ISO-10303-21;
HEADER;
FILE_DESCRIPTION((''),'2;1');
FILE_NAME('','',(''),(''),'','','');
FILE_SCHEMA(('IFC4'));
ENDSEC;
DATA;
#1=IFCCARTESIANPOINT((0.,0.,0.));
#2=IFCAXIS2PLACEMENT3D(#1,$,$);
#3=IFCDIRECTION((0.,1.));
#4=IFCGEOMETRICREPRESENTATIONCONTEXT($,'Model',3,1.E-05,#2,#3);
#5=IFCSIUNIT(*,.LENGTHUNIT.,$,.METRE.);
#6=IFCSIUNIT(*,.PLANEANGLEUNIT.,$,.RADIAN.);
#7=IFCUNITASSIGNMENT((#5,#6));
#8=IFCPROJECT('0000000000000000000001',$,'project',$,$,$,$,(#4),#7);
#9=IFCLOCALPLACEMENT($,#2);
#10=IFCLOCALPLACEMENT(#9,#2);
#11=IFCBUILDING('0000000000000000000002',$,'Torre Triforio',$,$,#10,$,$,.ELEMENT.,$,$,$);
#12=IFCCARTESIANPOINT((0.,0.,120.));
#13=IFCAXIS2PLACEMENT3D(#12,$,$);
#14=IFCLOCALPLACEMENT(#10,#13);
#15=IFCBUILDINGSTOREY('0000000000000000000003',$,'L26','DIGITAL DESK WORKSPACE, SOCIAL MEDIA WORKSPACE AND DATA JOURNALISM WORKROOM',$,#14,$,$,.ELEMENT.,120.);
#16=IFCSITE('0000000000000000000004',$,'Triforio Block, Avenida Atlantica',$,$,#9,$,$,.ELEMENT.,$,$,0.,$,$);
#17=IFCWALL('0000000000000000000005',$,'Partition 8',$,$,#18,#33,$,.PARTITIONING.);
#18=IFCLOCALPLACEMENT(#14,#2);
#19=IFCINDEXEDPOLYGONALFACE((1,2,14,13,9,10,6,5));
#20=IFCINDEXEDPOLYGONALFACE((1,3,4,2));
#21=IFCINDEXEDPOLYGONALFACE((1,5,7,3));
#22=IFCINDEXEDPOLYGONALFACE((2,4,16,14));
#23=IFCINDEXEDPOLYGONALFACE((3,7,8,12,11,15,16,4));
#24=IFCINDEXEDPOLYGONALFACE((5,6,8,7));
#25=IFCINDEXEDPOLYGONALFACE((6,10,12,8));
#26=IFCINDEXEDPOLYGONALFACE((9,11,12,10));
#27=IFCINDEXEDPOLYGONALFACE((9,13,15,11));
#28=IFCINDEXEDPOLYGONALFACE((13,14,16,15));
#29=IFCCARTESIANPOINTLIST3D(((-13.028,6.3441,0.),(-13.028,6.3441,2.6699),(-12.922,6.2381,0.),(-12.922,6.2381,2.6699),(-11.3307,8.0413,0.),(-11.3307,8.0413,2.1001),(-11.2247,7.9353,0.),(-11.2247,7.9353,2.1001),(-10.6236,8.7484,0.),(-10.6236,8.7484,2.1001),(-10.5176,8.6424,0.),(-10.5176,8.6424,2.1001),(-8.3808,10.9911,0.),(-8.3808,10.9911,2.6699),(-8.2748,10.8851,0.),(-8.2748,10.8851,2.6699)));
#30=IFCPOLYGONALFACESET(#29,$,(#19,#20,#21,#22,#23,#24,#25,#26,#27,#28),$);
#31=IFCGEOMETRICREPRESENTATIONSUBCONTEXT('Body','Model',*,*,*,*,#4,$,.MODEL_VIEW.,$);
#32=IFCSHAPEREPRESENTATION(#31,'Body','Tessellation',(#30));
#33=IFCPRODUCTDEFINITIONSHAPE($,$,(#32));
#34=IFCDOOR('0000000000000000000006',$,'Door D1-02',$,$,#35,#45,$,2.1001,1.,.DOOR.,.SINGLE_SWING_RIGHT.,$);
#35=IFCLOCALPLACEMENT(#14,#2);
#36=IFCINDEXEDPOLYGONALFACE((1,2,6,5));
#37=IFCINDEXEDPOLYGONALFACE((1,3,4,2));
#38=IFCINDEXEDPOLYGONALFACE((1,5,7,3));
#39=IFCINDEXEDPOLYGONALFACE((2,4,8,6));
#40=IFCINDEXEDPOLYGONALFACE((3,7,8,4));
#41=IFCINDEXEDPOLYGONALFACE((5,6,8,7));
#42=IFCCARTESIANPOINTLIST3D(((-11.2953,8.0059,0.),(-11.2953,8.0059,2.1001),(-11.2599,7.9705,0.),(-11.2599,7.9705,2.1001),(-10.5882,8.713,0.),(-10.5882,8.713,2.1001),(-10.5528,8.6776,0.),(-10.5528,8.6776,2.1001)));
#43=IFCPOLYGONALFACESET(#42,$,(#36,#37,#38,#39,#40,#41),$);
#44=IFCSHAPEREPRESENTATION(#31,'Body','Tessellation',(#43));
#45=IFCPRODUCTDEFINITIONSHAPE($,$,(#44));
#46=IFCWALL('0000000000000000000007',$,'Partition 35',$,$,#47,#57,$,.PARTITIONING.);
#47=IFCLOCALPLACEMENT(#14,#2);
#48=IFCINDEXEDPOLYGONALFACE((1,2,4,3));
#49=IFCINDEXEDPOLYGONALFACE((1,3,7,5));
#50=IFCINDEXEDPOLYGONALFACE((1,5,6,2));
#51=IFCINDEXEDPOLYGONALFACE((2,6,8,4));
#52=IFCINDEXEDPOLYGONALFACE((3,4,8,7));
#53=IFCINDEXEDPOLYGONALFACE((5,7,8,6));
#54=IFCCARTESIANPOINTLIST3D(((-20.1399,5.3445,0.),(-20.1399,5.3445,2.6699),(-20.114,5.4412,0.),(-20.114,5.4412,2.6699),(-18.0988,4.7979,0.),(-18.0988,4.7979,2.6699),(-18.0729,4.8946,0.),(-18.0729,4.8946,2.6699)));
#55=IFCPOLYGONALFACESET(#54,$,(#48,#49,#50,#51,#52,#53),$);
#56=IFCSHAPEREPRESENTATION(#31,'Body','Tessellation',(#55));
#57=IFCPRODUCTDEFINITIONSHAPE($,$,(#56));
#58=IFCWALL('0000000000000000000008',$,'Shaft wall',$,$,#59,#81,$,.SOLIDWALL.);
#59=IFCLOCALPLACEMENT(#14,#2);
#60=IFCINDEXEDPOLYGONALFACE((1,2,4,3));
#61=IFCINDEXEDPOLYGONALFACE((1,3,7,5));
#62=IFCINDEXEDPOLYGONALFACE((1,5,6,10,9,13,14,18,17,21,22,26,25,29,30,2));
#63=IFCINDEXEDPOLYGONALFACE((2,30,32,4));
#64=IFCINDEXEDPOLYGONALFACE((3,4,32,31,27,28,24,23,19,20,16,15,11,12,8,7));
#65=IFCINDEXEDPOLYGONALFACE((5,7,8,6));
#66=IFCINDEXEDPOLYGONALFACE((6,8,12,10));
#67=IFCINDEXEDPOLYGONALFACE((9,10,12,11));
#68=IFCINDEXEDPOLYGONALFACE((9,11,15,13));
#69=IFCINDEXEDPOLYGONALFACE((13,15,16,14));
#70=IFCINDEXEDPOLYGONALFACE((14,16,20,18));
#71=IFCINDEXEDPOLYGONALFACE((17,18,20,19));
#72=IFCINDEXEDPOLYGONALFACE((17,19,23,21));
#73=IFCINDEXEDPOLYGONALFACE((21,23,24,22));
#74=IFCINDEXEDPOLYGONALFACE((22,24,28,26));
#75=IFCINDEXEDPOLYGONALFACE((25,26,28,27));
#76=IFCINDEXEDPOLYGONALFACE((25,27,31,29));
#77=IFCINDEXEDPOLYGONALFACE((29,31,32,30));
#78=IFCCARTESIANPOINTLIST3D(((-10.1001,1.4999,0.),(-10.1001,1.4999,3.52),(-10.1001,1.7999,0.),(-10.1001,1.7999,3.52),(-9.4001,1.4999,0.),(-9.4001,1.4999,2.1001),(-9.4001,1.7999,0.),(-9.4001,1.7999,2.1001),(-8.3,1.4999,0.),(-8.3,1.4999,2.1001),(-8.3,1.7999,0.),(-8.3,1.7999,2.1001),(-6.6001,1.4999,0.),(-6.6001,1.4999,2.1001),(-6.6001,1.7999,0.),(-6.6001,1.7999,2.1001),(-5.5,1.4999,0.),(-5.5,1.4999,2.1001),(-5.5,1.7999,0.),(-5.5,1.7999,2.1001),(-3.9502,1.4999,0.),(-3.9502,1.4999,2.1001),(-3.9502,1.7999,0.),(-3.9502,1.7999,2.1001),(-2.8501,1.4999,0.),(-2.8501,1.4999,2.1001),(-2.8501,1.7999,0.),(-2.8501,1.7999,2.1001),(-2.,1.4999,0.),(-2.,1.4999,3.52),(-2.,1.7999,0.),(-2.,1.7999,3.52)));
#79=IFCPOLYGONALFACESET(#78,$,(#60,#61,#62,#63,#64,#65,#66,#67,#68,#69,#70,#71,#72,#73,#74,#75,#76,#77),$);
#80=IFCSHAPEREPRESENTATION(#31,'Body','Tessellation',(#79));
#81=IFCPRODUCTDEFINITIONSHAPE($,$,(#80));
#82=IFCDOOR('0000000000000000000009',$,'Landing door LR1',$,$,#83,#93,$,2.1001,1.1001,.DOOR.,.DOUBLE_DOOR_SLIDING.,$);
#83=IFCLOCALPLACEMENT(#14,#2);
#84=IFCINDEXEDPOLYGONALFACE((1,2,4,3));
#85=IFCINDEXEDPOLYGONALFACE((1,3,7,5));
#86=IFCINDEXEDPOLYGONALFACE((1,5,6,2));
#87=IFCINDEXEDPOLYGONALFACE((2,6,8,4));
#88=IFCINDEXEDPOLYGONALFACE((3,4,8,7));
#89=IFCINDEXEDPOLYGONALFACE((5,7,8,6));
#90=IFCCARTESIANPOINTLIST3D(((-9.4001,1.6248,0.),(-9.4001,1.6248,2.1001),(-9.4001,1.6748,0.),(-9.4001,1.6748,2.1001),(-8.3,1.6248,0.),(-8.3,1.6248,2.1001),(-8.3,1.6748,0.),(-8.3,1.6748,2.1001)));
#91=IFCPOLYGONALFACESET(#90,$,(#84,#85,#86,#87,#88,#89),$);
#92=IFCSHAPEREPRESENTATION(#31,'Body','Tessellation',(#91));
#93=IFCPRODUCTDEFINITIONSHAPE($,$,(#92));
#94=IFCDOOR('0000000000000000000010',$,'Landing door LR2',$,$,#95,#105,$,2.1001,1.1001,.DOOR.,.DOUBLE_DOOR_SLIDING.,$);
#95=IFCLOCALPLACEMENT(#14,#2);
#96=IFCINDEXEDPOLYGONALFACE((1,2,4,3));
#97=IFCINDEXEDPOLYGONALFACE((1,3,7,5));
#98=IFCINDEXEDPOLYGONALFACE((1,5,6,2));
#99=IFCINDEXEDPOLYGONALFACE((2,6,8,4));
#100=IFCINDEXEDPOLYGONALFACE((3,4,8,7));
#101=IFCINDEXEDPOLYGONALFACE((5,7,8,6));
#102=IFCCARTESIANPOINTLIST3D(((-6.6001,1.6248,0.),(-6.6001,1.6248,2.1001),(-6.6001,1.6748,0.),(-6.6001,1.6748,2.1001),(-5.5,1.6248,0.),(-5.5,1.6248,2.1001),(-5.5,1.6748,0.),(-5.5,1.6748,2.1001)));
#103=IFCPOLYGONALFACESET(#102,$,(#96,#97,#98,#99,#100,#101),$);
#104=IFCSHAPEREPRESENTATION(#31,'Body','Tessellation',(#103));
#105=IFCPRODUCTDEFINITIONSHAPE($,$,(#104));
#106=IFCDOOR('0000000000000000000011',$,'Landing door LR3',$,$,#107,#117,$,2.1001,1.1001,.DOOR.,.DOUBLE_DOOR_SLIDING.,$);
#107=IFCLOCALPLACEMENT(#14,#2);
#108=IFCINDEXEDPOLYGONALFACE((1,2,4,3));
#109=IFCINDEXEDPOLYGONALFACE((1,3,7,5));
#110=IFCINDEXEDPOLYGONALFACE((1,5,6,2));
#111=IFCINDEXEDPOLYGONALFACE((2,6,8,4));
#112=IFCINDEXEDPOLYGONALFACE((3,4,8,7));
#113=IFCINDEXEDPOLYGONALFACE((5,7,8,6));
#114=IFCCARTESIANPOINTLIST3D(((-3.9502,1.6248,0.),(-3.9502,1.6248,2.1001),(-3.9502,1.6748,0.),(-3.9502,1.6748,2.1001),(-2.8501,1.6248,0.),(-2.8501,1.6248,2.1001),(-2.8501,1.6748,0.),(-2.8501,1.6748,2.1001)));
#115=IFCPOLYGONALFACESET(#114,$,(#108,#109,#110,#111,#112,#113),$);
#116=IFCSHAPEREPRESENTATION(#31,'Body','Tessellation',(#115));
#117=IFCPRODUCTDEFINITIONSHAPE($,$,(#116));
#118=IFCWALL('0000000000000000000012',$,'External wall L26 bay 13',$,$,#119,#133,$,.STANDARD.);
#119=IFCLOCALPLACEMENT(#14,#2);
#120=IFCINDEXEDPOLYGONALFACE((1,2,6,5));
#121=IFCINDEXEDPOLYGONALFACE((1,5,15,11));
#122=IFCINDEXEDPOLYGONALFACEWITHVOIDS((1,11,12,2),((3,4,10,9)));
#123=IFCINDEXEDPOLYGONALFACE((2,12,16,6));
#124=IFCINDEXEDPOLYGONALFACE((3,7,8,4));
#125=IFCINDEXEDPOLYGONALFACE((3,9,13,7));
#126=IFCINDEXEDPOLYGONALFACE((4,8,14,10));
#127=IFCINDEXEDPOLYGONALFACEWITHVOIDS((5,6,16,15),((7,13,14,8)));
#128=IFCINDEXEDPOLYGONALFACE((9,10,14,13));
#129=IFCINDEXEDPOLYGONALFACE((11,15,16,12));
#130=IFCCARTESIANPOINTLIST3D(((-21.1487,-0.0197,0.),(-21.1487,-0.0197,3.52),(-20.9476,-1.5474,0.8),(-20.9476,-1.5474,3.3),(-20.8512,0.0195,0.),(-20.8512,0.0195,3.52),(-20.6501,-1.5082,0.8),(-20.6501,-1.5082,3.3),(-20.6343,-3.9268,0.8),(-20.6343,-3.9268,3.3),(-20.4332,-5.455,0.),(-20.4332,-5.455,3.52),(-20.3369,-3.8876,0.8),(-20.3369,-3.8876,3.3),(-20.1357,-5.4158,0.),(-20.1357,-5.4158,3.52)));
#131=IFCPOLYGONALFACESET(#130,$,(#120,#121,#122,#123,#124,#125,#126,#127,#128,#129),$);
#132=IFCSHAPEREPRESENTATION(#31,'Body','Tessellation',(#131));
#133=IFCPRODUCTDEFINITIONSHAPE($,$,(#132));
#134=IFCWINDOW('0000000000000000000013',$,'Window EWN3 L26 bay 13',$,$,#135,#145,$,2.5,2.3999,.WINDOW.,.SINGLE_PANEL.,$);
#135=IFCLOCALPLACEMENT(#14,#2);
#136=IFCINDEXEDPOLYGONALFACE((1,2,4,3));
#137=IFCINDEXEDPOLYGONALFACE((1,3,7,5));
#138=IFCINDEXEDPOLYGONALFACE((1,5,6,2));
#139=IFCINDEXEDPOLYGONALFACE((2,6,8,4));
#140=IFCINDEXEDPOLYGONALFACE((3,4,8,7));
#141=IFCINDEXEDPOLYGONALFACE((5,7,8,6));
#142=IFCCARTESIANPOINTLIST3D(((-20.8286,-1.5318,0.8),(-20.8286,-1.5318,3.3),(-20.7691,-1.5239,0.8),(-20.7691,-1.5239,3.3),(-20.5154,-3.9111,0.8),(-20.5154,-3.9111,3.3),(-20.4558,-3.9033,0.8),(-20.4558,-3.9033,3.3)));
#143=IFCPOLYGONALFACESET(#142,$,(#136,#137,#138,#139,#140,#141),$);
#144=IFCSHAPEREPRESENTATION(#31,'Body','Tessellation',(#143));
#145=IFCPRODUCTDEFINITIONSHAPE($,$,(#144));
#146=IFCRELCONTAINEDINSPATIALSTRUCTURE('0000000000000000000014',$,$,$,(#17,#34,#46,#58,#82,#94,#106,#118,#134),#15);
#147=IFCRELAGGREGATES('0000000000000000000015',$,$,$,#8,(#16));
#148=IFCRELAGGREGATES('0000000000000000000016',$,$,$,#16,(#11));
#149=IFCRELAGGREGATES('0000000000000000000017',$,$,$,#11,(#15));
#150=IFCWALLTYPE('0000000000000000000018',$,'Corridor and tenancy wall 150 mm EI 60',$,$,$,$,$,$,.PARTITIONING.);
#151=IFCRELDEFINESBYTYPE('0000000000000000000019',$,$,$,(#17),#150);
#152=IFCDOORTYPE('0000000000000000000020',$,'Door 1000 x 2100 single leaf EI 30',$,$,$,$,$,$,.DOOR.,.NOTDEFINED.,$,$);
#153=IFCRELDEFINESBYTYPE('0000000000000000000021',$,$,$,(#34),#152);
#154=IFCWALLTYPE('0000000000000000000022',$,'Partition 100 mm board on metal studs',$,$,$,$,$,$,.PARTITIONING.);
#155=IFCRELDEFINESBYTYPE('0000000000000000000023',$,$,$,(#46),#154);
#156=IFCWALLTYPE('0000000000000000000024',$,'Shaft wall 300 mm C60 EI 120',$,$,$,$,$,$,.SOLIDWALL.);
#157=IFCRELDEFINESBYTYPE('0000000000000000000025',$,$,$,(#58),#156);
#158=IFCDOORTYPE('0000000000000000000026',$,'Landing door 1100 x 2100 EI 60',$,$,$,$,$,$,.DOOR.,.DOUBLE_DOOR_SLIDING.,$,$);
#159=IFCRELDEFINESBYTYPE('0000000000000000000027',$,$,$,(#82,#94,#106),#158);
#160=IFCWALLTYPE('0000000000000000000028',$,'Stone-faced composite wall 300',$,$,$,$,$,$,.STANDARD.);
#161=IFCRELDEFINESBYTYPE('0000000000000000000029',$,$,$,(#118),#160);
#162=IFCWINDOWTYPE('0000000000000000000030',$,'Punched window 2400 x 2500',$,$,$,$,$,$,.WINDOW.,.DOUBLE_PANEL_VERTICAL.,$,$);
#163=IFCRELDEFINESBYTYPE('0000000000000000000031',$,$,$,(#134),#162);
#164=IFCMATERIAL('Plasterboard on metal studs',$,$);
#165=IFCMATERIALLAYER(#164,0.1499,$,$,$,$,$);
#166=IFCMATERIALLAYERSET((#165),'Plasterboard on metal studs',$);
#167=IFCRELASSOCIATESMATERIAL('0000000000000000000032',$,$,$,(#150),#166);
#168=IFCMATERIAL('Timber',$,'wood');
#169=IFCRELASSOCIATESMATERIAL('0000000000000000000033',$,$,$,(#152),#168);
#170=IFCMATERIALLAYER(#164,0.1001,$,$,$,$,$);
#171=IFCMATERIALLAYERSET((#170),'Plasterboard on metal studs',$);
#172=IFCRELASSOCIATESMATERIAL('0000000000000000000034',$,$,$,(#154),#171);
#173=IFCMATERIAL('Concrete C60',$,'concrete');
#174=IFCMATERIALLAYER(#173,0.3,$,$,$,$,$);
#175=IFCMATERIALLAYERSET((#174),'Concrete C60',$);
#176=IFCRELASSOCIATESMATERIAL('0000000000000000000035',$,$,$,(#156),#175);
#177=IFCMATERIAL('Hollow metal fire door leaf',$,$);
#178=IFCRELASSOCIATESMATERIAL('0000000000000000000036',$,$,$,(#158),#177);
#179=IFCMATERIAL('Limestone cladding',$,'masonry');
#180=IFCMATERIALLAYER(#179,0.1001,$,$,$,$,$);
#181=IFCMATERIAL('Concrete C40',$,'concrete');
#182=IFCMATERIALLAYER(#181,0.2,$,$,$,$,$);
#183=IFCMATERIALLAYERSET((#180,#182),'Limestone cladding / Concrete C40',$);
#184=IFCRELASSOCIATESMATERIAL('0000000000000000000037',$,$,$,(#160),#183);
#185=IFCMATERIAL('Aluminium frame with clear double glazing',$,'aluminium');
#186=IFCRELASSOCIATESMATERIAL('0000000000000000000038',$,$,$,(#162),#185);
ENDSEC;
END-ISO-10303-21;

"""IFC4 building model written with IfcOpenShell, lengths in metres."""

from ifc_helpers import new_model, si_unit, direction, frame, frame_2d, origin, place, context, subcontext, project, spatial, rectangle, extrude, material, layer, layer_set, type_object, element, fill, save


model = new_model("IFC4")

# Units and contexts
model_context = context("Model", 3, precision=1e-05, world=origin(), true_north=direction((0.0, 1.0)))
body_context = subcontext(model_context, "Body", "Model", "MODEL_VIEW")
ifc_project = project(units=[si_unit("LENGTHUNIT", "METRE"), si_unit("PLANEANGLEUNIT", "RADIAN")], contexts=[model_context])

# Site, building, storey
site_placement = place(None, origin())
site = spatial("IfcSite", under=ifc_project, at=site_placement, Name="Triforio Block, Avenida Atlantica", CompositionType="ELEMENT", RefElevation=0.0)
building_placement = place(site_placement, origin())
building = spatial("IfcBuilding", under=site, at=building_placement, Name="Torre Triforio", CompositionType="ELEMENT")
storey_placement = place(building_placement, frame((0.0, 0.0, 120.0)))
storey = spatial("IfcBuildingStorey", under=building, at=storey_placement, Name="L26", Description="DIGITAL DESK WORKSPACE, SOCIAL MEDIA WORKSPACE AND DATA JOURNALISM WORKROOM", CompositionType="ELEMENT", Elevation=120.0)

# Shared definitions
ifc_material_1 = material(Name="Concrete C60", Category="concrete")

# Shared definitions
ifc_material_2 = material(Name="Hollow metal fire door leaf")

# Shared definitions
ifc_material_3 = material(Name="Plasterboard on metal studs")
ifc_layer_1 = layer(ifc_material_3, 0.1499)
ifc_layer_set_1 = layer_set([ifc_layer_1], Name="Plasterboard on metal studs")
wall_type_1 = type_object("IfcWallType", Name="Corridor and tenancy wall 150 mm EI 60", PredefinedType="PARTITIONING", material=ifc_layer_set_1)

# Shared definitions
ifc_material_4 = material(Name="Timber", Category="wood")
door_type_1 = type_object("IfcDoorType", Name="Door 1000 x 2100 single leaf EI 30", OperationType="NOTDEFINED", PredefinedType="DOOR", material=ifc_material_4)

# Wall, opening, door
wall_1_placement = place(storey_placement, frame((-12.9751, 6.291, 0.0), z_axis=(0.0, 0.0, 1.0), x_axis=(0.707125, 0.707088, 0.0)))
wall_1 = element("IfcWall", 1, at=wall_1_placement, inside=storey, type_object=wall_type_1, Name="Partition 8", PredefinedType="PARTITIONING", context=body_context, shape_type="SweptSolid", body=[
    extrude(rectangle(XDim=6.572, YDim=0.1499, at=frame_2d((3.2861, 0.0))), origin(), (0.0, 0.0, 1.0), 2.6699),
])
opening_1_placement = place(wall_1_placement, frame((2.4004, 0.0, 0.0)))
opening_1 = element("IfcOpeningElement", 2, at=opening_1_placement, cuts=wall_1, PredefinedType="OPENING", context=body_context, shape_type="SweptSolid", body=[
    extrude(rectangle(XDim=1.0, YDim=2.1001, at=frame_2d((0.5, 1.05))), frame((0.0, 0.085, 0.0), z_axis=(0.0, -1.0, 0.0), x_axis=(1.0, 0.0, 0.0)), (0.0, 0.0, 1.0), 0.1699),
])
door_1_placement = place(opening_1_placement, origin())
door_1 = element("IfcDoor", 3, at=door_1_placement, inside=storey, type_object=door_type_1, Name="Door D1-02", OperationType="SINGLE_SWING_RIGHT", OverallHeight=2.1001, OverallWidth=1.0, PredefinedType="DOOR", context=body_context, shape_type="SweptSolid", body=[
    extrude(rectangle(XDim=1.0, YDim=2.1001, at=frame_2d((0.5, 1.05))), frame((0.0, 0.0249, 0.0), z_axis=(0.0, -1.0, 0.0), x_axis=(1.0, 0.0, 0.0)), (0.0, 0.0, 1.0), 0.05),
])
fill(opening_1, door_1)

# Wall
ifc_layer_2 = layer(ifc_material_3, 0.1001)
ifc_layer_set_2 = layer_set([ifc_layer_2], Name="Plasterboard on metal studs")
wall_type_2 = type_object("IfcWallType", Name="Partition 100 mm board on metal studs", PredefinedType="PARTITIONING", material=ifc_layer_set_2)
wall_2_placement = place(storey_placement, frame((-18.0857, 4.8462, 0.0), z_axis=(0.0, 0.0, 1.0), x_axis=(-0.965956, 0.258705, 0.0)))
element("IfcWall", 4, at=wall_2_placement, inside=storey, type_object=wall_type_2, Name="Partition 35", PredefinedType="PARTITIONING", context=body_context, shape_type="SweptSolid", body=[
    extrude(rectangle(XDim=2.113, YDim=0.1001, at=frame_2d((1.0566, 0.0))), origin(), (0.0, 0.0, 1.0), 2.6699),
])

# Wall, openings, doors
ifc_layer_3 = layer(ifc_material_1, 0.3)
ifc_layer_set_3 = layer_set([ifc_layer_3], Name="Concrete C60")
wall_type_3 = type_object("IfcWallType", Name="Shaft wall 300 mm C60 EI 120", PredefinedType="SOLIDWALL", material=ifc_layer_set_3)
wall_3_placement = place(storey_placement, frame((-10.1001, 1.6499, 0.0), z_axis=(0.0, 0.0, 1.0), x_axis=(1.0, 0.0, 0.0)))
wall_3 = element("IfcWall", 5, at=wall_3_placement, inside=storey, type_object=wall_type_3, Name="Shaft wall", PredefinedType="SOLIDWALL", context=body_context, shape_type="SweptSolid", body=[
    extrude(rectangle(XDim=8.1001, YDim=0.3, at=frame_2d((4.05, 0.0))), origin(), (0.0, 0.0, 1.0), 3.52),
])
opening_2_placement = place(wall_3_placement, frame((0.7, 0.0, 0.0)))
opening_2 = element("IfcOpeningElement", 6, at=opening_2_placement, cuts=wall_3, PredefinedType="OPENING", context=body_context, shape_type="SweptSolid", body=[
    extrude(rectangle(XDim=1.1001, YDim=2.1001, at=frame_2d((0.55, 1.05))), frame((0.0, 0.1599, 0.0), z_axis=(0.0, -1.0, 0.0), x_axis=(1.0, 0.0, 0.0)), (0.0, 0.0, 1.0), 0.3201),
])
opening_3_placement = place(wall_3_placement, frame((3.5, 0.0, 0.0)))
opening_3 = element("IfcOpeningElement", 7, at=opening_3_placement, cuts=wall_3, PredefinedType="OPENING", context=body_context, shape_type="SweptSolid", body=[
    extrude(rectangle(XDim=1.1001, YDim=2.1001, at=frame_2d((0.55, 1.05))), frame((0.0, 0.1599, 0.0), z_axis=(0.0, -1.0, 0.0), x_axis=(1.0, 0.0, 0.0)), (0.0, 0.0, 1.0), 0.3201),
])
opening_4_placement = place(wall_3_placement, frame((6.1499, 0.0, 0.0)))
opening_4 = element("IfcOpeningElement", 8, at=opening_4_placement, cuts=wall_3, PredefinedType="OPENING", context=body_context, shape_type="SweptSolid", body=[
    extrude(rectangle(XDim=1.1001, YDim=2.1001, at=frame_2d((0.55, 1.05))), frame((0.0, 0.1599, 0.0), z_axis=(0.0, -1.0, 0.0), x_axis=(1.0, 0.0, 0.0)), (0.0, 0.0, 1.0), 0.3201),
])
door_type_2 = type_object("IfcDoorType", Name="Landing door 1100 x 2100 EI 60", OperationType="DOUBLE_DOOR_SLIDING", PredefinedType="DOOR", material=ifc_material_2)
door_2_placement = place(opening_2_placement, origin())
door_2 = element("IfcDoor", 9, at=door_2_placement, inside=storey, type_object=door_type_2, Name="Landing door LR1", OperationType="DOUBLE_DOOR_SLIDING", OverallHeight=2.1001, OverallWidth=1.1001, PredefinedType="DOOR", context=body_context, shape_type="SweptSolid", body=[
    extrude(rectangle(XDim=1.1001, YDim=2.1001, at=frame_2d((0.55, 1.05))), frame((0.0, 0.0249, 0.0), z_axis=(0.0, -1.0, 0.0), x_axis=(1.0, 0.0, 0.0)), (0.0, 0.0, 1.0), 0.05),
])
fill(opening_2, door_2)
door_3_placement = place(opening_3_placement, origin())
door_3 = element("IfcDoor", 10, at=door_3_placement, inside=storey, type_object=door_type_2, Name="Landing door LR2", OperationType="DOUBLE_DOOR_SLIDING", OverallHeight=2.1001, OverallWidth=1.1001, PredefinedType="DOOR", context=body_context, shape_type="SweptSolid", body=[
    extrude(rectangle(XDim=1.1001, YDim=2.1001, at=frame_2d((0.55, 1.05))), frame((0.0, 0.0249, 0.0), z_axis=(0.0, -1.0, 0.0), x_axis=(1.0, 0.0, 0.0)), (0.0, 0.0, 1.0), 0.05),
])
fill(opening_3, door_3)
door_4_placement = place(opening_4_placement, origin())
door_4 = element("IfcDoor", 11, at=door_4_placement, inside=storey, type_object=door_type_2, Name="Landing door LR3", OperationType="DOUBLE_DOOR_SLIDING", OverallHeight=2.1001, OverallWidth=1.1001, PredefinedType="DOOR", context=body_context, shape_type="SweptSolid", body=[
    extrude(rectangle(XDim=1.1001, YDim=2.1001, at=frame_2d((0.55, 1.05))), frame((0.0, 0.0249, 0.0), z_axis=(0.0, -1.0, 0.0), x_axis=(1.0, 0.0, 0.0)), (0.0, 0.0, 1.0), 0.05),
])
fill(opening_4, door_4)

# Shared definitions
ifc_material_5 = material(Name="Limestone cladding", Category="masonry")
ifc_layer_4 = layer(ifc_material_5, 0.1001)
ifc_material_6 = material(Name="Concrete C40", Category="concrete")
ifc_layer_5 = layer(ifc_material_6, 0.2)
ifc_layer_set_4 = layer_set([ifc_layer_4, ifc_layer_5], Name="Limestone cladding / Concrete C40")
wall_type_4 = type_object("IfcWallType", Name="Stone-faced composite wall 300", PredefinedType="STANDARD", material=ifc_layer_set_4)
ifc_material_7 = material(Name="Aluminium frame with clear double glazing", Category="aluminium")

# Wall, opening, window
wall_4_placement = place(storey_placement, frame((-21.0, 0.0, 0.0), z_axis=(0.0, 0.0, 1.0), x_axis=(0.130527, -0.991445, 0.0)))
wall_4 = element("IfcWall", 12, at=wall_4_placement, inside=storey, type_object=wall_type_4, Name="External wall L26 bay 13", PredefinedType="STANDARD", context=body_context, shape_type="SweptSolid", body=[
    extrude(rectangle(XDim=5.4822, YDim=0.3, at=frame_2d((2.7412, 0.0))), origin(), (0.0, 0.0, 1.0), 3.52),
])
opening_5_placement = place(wall_4_placement, frame((1.541, 0.0, 0.8)))
opening_5 = element("IfcOpeningElement", 13, at=opening_5_placement, cuts=wall_4, PredefinedType="OPENING", context=body_context, shape_type="SweptSolid", body=[
    extrude(rectangle(XDim=2.3999, YDim=2.5, at=frame_2d((1.2, 1.25))), frame((0.0, 0.1599, 0.0), z_axis=(0.0, -1.0, 0.0), x_axis=(1.0, 0.0, 0.0)), (0.0, 0.0, 1.0), 0.3201),
])
window_type_1 = type_object("IfcWindowType", Name="Punched window 2400 x 2500", PartitioningType="DOUBLE_PANEL_VERTICAL", PredefinedType="WINDOW", material=ifc_material_7)
window_1_placement = place(opening_5_placement, origin())
window_1 = element("IfcWindow", 14, at=window_1_placement, inside=storey, type_object=window_type_1, Name="Window EWN3 L26 bay 13", OverallHeight=2.5, OverallWidth=2.3999, PartitioningType="SINGLE_PANEL", PredefinedType="WINDOW", context=body_context, shape_type="SweptSolid", body=[
    extrude(rectangle(XDim=2.3999, YDim=2.5, at=frame_2d((1.2, 1.25))), frame((0.0, 0.03, 0.0), z_axis=(0.0, -1.0, 0.0), x_axis=(1.0, 0.0, 0.0)), (0.0, 0.0, 1.0), 0.0601),
])
fill(opening_5, window_1)

save(model, "model.ifc")
